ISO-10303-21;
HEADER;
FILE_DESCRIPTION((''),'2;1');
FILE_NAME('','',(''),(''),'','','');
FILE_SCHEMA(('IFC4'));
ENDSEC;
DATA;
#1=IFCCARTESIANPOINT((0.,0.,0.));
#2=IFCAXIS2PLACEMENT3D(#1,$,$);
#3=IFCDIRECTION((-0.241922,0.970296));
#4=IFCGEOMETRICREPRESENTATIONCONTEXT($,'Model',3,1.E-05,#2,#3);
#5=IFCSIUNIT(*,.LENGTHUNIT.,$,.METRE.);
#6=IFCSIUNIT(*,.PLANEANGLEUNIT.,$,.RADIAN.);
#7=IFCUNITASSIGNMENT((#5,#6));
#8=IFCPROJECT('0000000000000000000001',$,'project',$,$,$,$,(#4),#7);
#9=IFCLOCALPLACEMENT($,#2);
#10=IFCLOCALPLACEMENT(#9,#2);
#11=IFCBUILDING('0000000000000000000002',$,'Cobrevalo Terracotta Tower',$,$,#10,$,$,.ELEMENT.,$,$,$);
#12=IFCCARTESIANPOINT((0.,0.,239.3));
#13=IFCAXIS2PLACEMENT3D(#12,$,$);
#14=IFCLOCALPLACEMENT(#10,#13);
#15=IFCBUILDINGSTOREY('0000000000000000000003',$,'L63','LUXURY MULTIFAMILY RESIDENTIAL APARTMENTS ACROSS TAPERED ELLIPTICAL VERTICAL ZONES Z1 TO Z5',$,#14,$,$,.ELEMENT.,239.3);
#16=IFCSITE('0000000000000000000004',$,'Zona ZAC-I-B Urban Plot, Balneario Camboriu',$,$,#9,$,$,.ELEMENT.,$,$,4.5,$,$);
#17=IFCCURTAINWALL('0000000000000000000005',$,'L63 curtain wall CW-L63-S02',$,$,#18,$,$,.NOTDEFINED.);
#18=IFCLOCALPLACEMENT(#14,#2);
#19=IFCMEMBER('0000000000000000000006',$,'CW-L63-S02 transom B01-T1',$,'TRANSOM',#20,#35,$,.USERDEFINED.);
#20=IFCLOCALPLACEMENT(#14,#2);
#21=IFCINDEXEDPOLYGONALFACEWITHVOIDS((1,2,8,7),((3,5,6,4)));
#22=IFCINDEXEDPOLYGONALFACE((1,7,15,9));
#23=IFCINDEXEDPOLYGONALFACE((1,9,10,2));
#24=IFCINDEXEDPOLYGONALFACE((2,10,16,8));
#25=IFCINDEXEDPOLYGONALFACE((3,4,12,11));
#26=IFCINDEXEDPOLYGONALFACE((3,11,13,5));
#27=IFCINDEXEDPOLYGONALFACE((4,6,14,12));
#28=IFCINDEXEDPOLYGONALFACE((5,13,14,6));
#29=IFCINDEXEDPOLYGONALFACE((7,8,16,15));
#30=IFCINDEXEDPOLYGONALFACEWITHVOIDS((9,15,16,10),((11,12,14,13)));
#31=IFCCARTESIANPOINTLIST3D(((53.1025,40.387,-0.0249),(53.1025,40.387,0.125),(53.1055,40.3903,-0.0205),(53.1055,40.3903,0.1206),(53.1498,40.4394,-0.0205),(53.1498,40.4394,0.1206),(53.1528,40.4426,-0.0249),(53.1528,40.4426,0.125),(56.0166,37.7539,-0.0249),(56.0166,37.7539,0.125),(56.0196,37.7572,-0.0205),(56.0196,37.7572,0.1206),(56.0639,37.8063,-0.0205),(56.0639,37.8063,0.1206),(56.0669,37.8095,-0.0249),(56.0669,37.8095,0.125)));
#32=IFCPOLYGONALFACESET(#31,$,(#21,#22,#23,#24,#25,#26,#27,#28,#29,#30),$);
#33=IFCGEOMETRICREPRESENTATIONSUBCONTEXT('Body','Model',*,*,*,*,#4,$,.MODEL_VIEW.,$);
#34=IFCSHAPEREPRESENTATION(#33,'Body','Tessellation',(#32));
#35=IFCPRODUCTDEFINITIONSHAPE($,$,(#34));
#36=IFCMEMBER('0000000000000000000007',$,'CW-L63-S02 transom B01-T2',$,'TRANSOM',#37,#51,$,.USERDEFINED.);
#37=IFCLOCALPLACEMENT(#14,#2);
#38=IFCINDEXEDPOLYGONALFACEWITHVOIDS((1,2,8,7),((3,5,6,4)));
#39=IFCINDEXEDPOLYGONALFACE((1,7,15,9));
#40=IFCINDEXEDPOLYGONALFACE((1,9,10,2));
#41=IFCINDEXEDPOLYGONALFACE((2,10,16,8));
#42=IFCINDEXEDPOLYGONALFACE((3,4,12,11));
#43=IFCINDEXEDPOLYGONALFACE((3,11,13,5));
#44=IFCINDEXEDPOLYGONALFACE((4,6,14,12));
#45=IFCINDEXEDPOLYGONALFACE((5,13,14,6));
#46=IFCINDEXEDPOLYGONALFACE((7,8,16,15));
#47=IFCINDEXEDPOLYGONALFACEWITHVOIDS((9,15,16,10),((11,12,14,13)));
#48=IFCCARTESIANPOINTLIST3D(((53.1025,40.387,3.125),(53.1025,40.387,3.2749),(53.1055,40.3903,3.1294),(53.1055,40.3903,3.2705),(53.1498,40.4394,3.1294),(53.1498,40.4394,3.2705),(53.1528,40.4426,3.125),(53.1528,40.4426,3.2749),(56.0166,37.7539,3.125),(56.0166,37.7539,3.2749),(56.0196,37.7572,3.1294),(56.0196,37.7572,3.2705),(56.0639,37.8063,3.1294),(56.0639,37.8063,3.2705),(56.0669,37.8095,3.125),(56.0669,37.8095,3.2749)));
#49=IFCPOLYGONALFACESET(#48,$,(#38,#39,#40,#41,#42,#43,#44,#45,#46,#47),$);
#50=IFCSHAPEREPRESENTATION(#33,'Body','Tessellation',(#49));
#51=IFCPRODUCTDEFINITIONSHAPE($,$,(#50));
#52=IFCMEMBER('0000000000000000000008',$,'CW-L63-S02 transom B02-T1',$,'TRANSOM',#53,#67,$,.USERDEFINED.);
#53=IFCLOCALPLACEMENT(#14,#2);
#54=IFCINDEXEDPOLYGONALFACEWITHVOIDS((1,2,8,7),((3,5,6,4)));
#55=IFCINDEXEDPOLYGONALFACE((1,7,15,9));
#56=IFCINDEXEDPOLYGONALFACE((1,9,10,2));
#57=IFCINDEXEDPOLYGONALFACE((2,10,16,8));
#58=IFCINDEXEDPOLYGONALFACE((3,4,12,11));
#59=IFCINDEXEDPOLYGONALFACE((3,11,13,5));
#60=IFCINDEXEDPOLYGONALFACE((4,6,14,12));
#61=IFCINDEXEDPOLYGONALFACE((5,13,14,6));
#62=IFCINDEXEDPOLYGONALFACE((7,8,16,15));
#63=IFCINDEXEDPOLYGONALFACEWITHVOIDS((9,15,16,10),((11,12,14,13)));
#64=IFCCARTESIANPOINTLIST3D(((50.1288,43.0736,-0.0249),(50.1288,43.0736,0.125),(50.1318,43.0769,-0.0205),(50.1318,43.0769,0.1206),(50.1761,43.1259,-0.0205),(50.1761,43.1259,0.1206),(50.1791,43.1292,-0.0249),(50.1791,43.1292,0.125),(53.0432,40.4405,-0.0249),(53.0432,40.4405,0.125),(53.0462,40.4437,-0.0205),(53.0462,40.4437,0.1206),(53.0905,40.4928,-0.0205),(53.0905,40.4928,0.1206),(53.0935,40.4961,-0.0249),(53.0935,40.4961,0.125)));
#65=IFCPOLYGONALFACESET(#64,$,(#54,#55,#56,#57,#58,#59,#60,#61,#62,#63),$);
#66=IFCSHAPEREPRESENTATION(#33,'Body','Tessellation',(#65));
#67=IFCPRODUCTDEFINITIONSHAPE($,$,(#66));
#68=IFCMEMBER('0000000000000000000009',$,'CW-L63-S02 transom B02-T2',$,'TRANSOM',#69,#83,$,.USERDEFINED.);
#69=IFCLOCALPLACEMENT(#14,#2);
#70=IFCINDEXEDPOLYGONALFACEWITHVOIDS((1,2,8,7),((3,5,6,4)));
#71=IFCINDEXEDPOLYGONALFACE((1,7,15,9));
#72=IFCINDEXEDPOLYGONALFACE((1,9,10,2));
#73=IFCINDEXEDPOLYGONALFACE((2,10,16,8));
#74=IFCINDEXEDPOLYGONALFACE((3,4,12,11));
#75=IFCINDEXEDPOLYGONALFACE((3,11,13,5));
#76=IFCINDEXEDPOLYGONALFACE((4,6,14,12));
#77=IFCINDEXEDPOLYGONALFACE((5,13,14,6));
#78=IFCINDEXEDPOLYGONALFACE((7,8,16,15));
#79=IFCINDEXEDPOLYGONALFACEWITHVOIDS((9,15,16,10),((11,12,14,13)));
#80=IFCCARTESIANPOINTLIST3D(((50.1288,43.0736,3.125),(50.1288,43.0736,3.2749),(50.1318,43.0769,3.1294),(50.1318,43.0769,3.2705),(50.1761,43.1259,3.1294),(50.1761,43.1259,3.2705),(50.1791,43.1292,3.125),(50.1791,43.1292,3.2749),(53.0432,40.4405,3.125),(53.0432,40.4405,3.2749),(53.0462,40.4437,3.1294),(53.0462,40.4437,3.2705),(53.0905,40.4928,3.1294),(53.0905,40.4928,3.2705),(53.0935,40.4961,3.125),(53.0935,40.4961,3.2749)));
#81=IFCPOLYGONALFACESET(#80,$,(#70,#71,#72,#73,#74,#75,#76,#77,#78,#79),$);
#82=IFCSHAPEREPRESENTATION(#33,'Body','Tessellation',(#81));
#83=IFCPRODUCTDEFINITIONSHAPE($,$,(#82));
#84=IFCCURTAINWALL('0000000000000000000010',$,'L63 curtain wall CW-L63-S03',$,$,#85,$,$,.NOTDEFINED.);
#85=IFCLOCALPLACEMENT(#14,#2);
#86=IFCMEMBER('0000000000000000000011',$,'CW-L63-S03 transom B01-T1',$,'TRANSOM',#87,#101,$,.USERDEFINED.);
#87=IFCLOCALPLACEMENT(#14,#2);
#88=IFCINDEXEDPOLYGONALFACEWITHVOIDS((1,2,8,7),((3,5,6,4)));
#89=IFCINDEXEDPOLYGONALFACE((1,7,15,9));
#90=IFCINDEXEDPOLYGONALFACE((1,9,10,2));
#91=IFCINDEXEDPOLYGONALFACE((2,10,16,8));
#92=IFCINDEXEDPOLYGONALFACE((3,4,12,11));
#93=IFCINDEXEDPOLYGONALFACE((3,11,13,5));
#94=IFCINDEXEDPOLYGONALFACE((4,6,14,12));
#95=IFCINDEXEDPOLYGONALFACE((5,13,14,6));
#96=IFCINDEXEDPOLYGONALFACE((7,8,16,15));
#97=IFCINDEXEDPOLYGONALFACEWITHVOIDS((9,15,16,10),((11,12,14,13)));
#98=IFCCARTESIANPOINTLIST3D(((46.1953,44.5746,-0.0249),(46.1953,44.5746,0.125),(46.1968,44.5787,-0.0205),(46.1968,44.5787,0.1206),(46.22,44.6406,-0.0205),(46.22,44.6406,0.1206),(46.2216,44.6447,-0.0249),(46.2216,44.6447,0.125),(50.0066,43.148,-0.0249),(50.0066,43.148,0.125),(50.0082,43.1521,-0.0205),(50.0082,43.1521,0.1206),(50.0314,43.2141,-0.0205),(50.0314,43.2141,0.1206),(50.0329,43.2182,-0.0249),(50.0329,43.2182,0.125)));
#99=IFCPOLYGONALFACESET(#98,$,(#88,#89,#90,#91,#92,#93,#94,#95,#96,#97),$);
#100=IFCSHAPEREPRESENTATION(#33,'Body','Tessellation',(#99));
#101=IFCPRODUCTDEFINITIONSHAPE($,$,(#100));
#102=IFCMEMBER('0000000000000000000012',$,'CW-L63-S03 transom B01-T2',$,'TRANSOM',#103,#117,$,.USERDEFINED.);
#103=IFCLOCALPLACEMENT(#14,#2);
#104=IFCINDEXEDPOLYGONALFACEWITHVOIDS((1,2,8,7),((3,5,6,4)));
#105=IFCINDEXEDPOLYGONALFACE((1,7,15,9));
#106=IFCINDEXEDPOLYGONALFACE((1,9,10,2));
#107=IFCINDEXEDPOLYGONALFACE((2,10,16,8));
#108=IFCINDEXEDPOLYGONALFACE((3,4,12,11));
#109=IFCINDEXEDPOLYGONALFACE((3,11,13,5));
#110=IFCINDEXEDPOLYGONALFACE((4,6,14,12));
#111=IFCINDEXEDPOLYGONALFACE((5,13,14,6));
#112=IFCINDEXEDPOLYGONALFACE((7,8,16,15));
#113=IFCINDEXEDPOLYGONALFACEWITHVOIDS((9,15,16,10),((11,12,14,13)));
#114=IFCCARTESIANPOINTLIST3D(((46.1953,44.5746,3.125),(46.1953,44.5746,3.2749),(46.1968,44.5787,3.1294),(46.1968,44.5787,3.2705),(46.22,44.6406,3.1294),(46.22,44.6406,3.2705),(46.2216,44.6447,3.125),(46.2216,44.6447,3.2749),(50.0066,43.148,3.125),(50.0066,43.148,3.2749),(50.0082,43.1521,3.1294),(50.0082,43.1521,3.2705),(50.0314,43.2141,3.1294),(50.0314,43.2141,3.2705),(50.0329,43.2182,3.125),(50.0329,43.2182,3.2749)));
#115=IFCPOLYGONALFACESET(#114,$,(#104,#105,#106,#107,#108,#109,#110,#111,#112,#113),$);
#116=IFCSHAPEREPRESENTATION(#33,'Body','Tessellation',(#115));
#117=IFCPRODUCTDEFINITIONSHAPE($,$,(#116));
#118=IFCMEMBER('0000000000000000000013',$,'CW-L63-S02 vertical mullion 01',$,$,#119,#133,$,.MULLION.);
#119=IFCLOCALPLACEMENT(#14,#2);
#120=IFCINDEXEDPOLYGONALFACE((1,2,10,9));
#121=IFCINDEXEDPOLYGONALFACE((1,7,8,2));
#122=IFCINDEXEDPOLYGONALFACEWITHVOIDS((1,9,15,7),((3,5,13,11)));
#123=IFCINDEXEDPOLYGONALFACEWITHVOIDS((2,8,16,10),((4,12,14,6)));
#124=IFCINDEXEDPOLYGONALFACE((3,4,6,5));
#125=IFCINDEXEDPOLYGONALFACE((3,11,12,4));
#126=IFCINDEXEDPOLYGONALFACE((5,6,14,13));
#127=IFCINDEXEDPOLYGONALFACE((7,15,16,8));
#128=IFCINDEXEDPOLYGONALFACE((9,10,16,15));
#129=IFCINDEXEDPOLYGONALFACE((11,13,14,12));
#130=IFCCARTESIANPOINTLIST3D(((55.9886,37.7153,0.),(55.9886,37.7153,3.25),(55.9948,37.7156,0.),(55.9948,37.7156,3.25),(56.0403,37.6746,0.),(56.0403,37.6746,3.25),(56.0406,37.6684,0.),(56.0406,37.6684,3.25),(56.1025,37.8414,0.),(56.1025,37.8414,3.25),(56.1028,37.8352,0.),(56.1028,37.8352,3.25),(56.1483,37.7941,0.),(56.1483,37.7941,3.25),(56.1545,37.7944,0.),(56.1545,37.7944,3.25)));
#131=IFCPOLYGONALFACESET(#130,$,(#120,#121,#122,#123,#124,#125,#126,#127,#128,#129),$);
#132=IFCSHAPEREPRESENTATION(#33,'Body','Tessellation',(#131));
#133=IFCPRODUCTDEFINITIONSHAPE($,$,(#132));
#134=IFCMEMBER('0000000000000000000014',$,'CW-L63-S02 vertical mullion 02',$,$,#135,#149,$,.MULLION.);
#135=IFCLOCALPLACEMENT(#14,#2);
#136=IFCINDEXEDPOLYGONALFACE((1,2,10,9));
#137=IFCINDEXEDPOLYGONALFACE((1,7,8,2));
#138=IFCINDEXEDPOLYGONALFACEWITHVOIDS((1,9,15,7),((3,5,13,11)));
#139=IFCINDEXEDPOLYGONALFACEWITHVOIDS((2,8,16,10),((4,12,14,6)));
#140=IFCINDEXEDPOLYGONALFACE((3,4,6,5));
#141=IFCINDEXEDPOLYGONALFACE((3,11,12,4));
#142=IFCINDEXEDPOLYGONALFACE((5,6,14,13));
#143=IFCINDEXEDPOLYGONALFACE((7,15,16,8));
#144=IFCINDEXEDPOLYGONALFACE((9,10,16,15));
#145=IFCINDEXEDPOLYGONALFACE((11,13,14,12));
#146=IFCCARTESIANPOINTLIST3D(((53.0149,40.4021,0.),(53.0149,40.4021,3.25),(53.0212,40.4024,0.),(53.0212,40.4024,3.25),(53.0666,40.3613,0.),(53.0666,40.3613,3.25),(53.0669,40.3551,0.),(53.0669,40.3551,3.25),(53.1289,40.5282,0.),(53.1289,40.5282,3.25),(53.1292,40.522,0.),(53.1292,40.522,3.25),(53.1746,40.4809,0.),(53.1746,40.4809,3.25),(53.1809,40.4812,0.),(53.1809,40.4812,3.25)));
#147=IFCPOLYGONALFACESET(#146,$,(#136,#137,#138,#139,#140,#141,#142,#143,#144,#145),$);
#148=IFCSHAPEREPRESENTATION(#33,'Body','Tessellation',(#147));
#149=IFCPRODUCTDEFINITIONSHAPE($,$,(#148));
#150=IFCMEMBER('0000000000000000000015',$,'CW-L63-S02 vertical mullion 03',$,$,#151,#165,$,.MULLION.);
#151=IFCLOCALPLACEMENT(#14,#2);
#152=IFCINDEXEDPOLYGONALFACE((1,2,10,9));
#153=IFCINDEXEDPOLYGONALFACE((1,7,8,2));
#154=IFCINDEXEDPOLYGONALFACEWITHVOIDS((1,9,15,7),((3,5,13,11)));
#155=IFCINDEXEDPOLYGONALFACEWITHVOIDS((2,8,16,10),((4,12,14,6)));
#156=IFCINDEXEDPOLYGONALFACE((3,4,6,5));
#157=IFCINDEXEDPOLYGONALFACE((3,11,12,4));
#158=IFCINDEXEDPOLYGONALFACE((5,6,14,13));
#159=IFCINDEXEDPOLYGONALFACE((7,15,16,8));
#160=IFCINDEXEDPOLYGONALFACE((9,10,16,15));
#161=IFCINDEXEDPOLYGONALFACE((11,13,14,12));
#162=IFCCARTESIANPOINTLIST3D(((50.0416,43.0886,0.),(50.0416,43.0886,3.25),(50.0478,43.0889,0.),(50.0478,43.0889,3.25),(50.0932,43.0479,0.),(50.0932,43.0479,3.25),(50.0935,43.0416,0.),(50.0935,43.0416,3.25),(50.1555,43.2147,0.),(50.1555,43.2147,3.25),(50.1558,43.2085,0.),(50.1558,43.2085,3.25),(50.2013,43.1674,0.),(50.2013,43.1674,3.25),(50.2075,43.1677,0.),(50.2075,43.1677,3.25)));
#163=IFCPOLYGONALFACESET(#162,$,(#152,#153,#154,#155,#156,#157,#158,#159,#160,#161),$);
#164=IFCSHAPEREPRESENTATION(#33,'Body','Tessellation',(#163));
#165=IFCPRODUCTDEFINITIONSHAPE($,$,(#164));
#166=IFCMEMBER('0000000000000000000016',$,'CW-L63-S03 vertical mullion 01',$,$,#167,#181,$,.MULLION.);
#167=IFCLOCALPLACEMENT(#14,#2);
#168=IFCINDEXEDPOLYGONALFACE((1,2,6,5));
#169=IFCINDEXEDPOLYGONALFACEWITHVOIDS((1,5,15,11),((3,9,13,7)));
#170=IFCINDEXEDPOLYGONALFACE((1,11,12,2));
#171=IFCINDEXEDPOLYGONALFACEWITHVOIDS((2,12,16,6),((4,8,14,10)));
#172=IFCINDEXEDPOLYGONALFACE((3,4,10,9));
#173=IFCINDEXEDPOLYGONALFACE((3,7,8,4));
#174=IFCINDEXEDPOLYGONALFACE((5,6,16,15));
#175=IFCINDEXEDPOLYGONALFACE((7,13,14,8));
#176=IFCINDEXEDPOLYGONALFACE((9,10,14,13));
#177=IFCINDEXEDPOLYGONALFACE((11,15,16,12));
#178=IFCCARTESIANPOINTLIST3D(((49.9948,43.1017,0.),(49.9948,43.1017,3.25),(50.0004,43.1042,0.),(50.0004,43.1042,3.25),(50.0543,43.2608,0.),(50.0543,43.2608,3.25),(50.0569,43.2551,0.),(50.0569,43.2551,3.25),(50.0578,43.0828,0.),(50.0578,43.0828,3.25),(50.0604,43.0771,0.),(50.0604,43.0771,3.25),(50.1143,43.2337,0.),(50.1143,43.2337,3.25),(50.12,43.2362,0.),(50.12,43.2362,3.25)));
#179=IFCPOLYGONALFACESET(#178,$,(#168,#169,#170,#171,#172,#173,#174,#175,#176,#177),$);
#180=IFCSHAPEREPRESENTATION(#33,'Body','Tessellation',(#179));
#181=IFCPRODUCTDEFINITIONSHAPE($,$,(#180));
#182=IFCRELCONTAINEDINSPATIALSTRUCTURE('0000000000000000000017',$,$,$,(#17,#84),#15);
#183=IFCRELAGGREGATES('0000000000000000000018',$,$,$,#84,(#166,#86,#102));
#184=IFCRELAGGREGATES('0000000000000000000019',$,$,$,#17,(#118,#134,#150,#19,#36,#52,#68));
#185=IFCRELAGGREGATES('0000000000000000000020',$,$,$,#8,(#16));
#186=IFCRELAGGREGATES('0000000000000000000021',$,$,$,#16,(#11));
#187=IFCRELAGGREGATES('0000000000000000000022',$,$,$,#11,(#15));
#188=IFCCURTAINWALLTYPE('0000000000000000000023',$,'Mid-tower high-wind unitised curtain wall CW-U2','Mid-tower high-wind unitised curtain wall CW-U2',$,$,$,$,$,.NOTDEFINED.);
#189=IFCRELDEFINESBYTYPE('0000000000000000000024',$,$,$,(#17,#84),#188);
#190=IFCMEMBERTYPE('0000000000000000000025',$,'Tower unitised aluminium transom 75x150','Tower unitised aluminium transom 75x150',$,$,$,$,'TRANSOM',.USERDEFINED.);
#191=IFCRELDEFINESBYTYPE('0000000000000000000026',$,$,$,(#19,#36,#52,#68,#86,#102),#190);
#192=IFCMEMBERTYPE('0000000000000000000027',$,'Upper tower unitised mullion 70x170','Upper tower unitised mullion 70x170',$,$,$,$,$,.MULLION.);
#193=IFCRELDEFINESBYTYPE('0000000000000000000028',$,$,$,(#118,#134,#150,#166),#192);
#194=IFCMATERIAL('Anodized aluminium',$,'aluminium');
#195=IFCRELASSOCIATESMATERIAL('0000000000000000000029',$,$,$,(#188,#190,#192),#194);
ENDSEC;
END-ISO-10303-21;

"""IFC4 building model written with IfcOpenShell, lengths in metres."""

from ifc_helpers import new_model, si_unit, direction, frame, origin, origin_2d, place, context, subcontext, project, spatial, hollow_rectangle, extrude, source, transform, mapped, material, material_profile, profile_set, type_object, element, aggregate, save


model = new_model("IFC4")

# Units and contexts
model_context = context("Model", 3, precision=1e-05, world=origin(), true_north=direction((-0.241922, 0.970296)))
body_context = subcontext(model_context, "Body", "Model", "MODEL_VIEW")
ifc_project = project(units=[si_unit("LENGTHUNIT", "METRE"), si_unit("PLANEANGLEUNIT", "RADIAN")], contexts=[model_context])

# Site, building, storey
site_placement = place(None, origin())
site = spatial("IfcSite", under=ifc_project, at=site_placement, Name="Zona ZAC-I-B Urban Plot, Balneario Camboriu", CompositionType="ELEMENT", RefElevation=4.5)
building_placement = place(site_placement, origin())
building = spatial("IfcBuilding", under=site, at=building_placement, Name="Cobrevalo Terracotta Tower", CompositionType="ELEMENT")
storey_placement = place(building_placement, frame((0.0, 0.0, 239.3)))
storey = spatial("IfcBuildingStorey", under=building, at=storey_placement, Name="L63", Description="LUXURY MULTIFAMILY RESIDENTIAL APARTMENTS ACROSS TAPERED ELLIPTICAL VERTICAL ZONES Z1 TO Z5", CompositionType="ELEMENT", Elevation=239.3)

# Curtain walls, members
ifc_material_1 = material(Name="Anodized aluminium", Category="aluminium")
curtain_wall_type = type_object("IfcCurtainWallType", Name="Mid-tower high-wind unitised curtain wall CW-U2", Description="Mid-tower high-wind unitised curtain wall CW-U2", PredefinedType="NOTDEFINED", material=ifc_material_1)
curtain_wall_1_placement = place(storey_placement, origin())
curtain_wall_1 = element("IfcCurtainWall", 1, at=curtain_wall_1_placement, inside=storey, type_object=curtain_wall_type, Name="L63 curtain wall CW-L63-S02", PredefinedType="NOTDEFINED")
ifc_material_profile_1 = material_profile(ifc_material_1, hollow_rectangle(XDim=0.075, YDim=0.1499, WallThickness=0.0044, at=origin_2d()), Name="CWT 75x150")
ifc_profile_set_1 = profile_set([ifc_material_profile_1], Name="Anodized aluminium")
member_type_1 = type_object("IfcMemberType", Name="Tower unitised aluminium transom 75x150", Description="Tower unitised aluminium transom 75x150", ElementType="TRANSOM", PredefinedType="USERDEFINED", material=ifc_profile_set_1)
shared_shape_1 = source(origin(), body_context, "Body", "SweptSolid", [
    extrude(hollow_rectangle(XDim=0.075, YDim=0.1499, WallThickness=0.0044, at=origin_2d()), origin(), (0.0, 0.0, 1.0), 3.9275),
])
member_1_placement = place(storey_placement, frame((56.0417, 37.7817, 0.05), z_axis=(-0.741976, 0.670426, 0.0), x_axis=(-0.670426, -0.741976, 0.0)))
member_1 = element("IfcMember", 2, at=member_1_placement, type_object=member_type_1, Name="CW-L63-S02 transom B01-T1", ObjectType="TRANSOM", PredefinedType="USERDEFINED", context=body_context, shape_type="MappedRepresentation", body=[
    mapped(shared_shape_1, transform((0.0, 0.0, 0.0), scale=1.0)),
])
member_2_placement = place(storey_placement, frame((56.0417, 37.7817, 3.2), z_axis=(-0.741976, 0.670426, 0.0), x_axis=(-0.670426, -0.741976, 0.0)))
member_2 = element("IfcMember", 3, at=member_2_placement, type_object=member_type_1, Name="CW-L63-S02 transom B01-T2", ObjectType="TRANSOM", PredefinedType="USERDEFINED", context=body_context, shape_type="MappedRepresentation", body=[
    mapped(shared_shape_1, transform((0.0, 0.0, 0.0), scale=1.0)),
])
shared_shape_2 = source(origin(), body_context, "Body", "SweptSolid", [
    extrude(hollow_rectangle(XDim=0.075, YDim=0.1499, WallThickness=0.0044, at=origin_2d()), origin(), (0.0, 0.0, 1.0), 3.9277),
])
member_3_placement = place(storey_placement, frame((53.0684, 40.4683, 0.05), z_axis=(-0.742004, 0.670396, 0.0), x_axis=(-0.670396, -0.742004, 0.0)))
member_3 = element("IfcMember", 4, at=member_3_placement, type_object=member_type_1, Name="CW-L63-S02 transom B02-T1", ObjectType="TRANSOM", PredefinedType="USERDEFINED", context=body_context, shape_type="MappedRepresentation", body=[
    mapped(shared_shape_2, transform((0.0, 0.0, 0.0), scale=1.0)),
])
member_4_placement = place(storey_placement, frame((53.0684, 40.4683, 3.2), z_axis=(-0.742004, 0.670396, 0.0), x_axis=(-0.670396, -0.742004, 0.0)))
member_4 = element("IfcMember", 5, at=member_4_placement, type_object=member_type_1, Name="CW-L63-S02 transom B02-T2", ObjectType="TRANSOM", PredefinedType="USERDEFINED", context=body_context, shape_type="MappedRepresentation", body=[
    mapped(shared_shape_2, transform((0.0, 0.0, 0.0), scale=1.0)),
])
curtain_wall_2_placement = place(storey_placement, origin())
curtain_wall_2 = element("IfcCurtainWall", 6, at=curtain_wall_2_placement, inside=storey, type_object=curtain_wall_type, Name="L63 curtain wall CW-L63-S03", PredefinedType="NOTDEFINED")
shared_shape_3 = source(origin(), body_context, "Body", "SweptSolid", [
    extrude(hollow_rectangle(XDim=0.075, YDim=0.1499, WallThickness=0.0044, at=origin_2d()), origin(), (0.0, 0.0, 1.0), 4.0696),
])
member_5_placement = place(storey_placement, frame((50.0198, 43.1831, 0.05), z_axis=(-0.936548, 0.350538, 0.0), x_axis=(-0.350538, -0.936548, 0.0)))
member_5 = element("IfcMember", 7, at=member_5_placement, type_object=member_type_1, Name="CW-L63-S03 transom B01-T1", ObjectType="TRANSOM", PredefinedType="USERDEFINED", context=body_context, shape_type="MappedRepresentation", body=[
    mapped(shared_shape_3, transform((0.0, 0.0, 0.0), scale=1.0)),
])
member_6_placement = place(storey_placement, frame((50.0198, 43.1831, 3.2), z_axis=(-0.936548, 0.350538, 0.0), x_axis=(-0.350538, -0.936548, 0.0)))
member_6 = element("IfcMember", 8, at=member_6_placement, type_object=member_type_1, Name="CW-L63-S03 transom B01-T2", ObjectType="TRANSOM", PredefinedType="USERDEFINED", context=body_context, shape_type="MappedRepresentation", body=[
    mapped(shared_shape_3, transform((0.0, 0.0, 0.0), scale=1.0)),
])

# Members
ifc_material_profile_2 = material_profile(ifc_material_1, hollow_rectangle(XDim=0.0701, YDim=0.1699, WallThickness=0.0044, at=origin_2d()), Name="CWM 70x170")
ifc_profile_set_2 = profile_set([ifc_material_profile_2], Name="Anodized aluminium")
member_type_2 = type_object("IfcMemberType", Name="Upper tower unitised mullion 70x170", Description="Upper tower unitised mullion 70x170", PredefinedType="MULLION", material=ifc_profile_set_2)
shared_shape_4 = source(origin(), body_context, "Body", "SweptSolid", [
    extrude(hollow_rectangle(XDim=0.0701, YDim=0.1699, WallThickness=0.0044, at=origin_2d()), origin(), (0.0, 0.0, 1.0), 3.25),
])
member_7_placement = place(storey_placement, frame((56.0715, 37.7549, 0.0), z_axis=(0.0, 0.0, 1.0), x_axis=(-0.741988, 0.670414, 0.0)))
member_7 = element("IfcMember", 9, at=member_7_placement, type_object=member_type_2, Name="CW-L63-S02 vertical mullion 01", PredefinedType="MULLION", context=body_context, shape_type="MappedRepresentation", body=[
    mapped(shared_shape_4, transform((0.0, 0.0, 0.0), scale=1.0)),
])
member_8_placement = place(storey_placement, frame((53.0979, 40.4417, 0.0), z_axis=(0.0, 0.0, 1.0), x_axis=(-0.741988, 0.670414, 0.0)))
member_8 = element("IfcMember", 10, at=member_8_placement, type_object=member_type_2, Name="CW-L63-S02 vertical mullion 02", PredefinedType="MULLION", context=body_context, shape_type="MappedRepresentation", body=[
    mapped(shared_shape_4, transform((0.0, 0.0, 0.0), scale=1.0)),
])
member_9_placement = place(storey_placement, frame((50.1245, 43.1282, 0.0), z_axis=(0.0, 0.0, 1.0), x_axis=(-0.741988, 0.670414, 0.0)))
member_9 = element("IfcMember", 11, at=member_9_placement, type_object=member_type_2, Name="CW-L63-S02 vertical mullion 03", PredefinedType="MULLION", context=body_context, shape_type="MappedRepresentation", body=[
    mapped(shared_shape_4, transform((0.0, 0.0, 0.0), scale=1.0)),
])
member_10_placement = place(storey_placement, frame((50.0574, 43.1689, 0.0), z_axis=(0.0, 0.0, 1.0), x_axis=(-0.936556, 0.350518, 0.0)))
member_10 = element("IfcMember", 12, at=member_10_placement, type_object=member_type_2, Name="CW-L63-S03 vertical mullion 01", PredefinedType="MULLION", context=body_context, shape_type="MappedRepresentation", body=[
    mapped(shared_shape_4, transform((0.0, 0.0, 0.0), scale=1.0)),
])
aggregate(curtain_wall_2, [member_10, member_5, member_6])

aggregate(curtain_wall_1, [member_7, member_8, member_9, member_1, member_2, member_3, member_4])

save(model, "model.ifc")
